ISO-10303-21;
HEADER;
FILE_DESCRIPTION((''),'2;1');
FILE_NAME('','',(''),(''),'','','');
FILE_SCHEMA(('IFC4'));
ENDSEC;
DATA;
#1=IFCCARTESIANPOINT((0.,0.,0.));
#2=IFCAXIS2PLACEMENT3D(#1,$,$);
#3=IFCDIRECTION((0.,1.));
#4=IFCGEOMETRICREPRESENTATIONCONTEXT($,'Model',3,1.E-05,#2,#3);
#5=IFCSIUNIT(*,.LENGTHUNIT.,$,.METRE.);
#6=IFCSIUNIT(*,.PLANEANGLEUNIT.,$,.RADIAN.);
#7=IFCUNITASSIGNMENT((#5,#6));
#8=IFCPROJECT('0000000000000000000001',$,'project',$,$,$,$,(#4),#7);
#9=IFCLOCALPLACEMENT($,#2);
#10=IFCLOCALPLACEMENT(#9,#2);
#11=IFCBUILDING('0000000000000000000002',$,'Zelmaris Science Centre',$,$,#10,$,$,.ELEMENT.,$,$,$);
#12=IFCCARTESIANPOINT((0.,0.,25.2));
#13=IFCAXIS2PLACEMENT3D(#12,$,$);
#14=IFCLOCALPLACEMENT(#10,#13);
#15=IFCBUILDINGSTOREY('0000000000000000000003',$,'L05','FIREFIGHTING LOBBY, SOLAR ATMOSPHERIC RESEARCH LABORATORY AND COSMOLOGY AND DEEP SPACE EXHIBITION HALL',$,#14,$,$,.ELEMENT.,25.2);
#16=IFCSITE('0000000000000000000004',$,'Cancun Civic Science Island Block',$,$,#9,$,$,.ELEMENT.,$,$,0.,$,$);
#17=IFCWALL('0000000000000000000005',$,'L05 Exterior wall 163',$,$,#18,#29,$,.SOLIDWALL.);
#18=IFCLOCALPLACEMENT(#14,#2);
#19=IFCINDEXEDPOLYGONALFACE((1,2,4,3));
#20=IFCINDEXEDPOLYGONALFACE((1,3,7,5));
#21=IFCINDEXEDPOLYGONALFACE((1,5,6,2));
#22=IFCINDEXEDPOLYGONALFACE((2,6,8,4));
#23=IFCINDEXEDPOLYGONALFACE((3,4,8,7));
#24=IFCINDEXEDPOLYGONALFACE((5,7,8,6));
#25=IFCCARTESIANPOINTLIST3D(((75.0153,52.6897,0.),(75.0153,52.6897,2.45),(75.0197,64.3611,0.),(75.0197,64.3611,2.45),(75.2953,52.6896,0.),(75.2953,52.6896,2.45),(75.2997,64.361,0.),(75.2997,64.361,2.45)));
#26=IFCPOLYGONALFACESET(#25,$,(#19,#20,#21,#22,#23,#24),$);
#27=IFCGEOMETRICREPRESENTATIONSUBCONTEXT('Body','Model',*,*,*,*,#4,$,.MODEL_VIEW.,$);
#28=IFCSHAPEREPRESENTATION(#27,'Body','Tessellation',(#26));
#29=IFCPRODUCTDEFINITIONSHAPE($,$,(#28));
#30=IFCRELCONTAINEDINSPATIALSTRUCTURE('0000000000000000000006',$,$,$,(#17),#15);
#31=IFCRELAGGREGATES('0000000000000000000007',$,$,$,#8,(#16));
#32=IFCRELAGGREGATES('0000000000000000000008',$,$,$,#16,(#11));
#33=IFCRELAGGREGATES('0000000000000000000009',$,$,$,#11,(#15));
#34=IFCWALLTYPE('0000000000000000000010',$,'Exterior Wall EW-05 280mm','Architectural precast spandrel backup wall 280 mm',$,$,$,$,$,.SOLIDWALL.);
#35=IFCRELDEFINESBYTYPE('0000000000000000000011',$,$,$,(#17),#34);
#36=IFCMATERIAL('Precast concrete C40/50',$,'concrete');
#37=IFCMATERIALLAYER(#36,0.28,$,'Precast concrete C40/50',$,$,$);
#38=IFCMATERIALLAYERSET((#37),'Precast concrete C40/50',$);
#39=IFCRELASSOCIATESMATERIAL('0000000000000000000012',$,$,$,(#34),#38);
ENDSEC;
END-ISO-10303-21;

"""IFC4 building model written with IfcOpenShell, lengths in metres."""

from ifc_helpers import new_model, si_unit, direction, frame, frame_2d, origin, place, context, subcontext, project, spatial, rectangle, extrude, material, layer, layer_set, type_object, element, save


model = new_model("IFC4")

# Units and contexts
model_context = context("Model", 3, precision=1e-05, world=origin(), true_north=direction((0.0, 1.0)))
body_context = subcontext(model_context, "Body", "Model", "MODEL_VIEW")
ifc_project = project(units=[si_unit("LENGTHUNIT", "METRE"), si_unit("PLANEANGLEUNIT", "RADIAN")], contexts=[model_context])

# Site, building, storey
site_placement = place(None, origin())
site = spatial("IfcSite", under=ifc_project, at=site_placement, Name="Cancun Civic Science Island Block", CompositionType="ELEMENT", RefElevation=0.0)
building_placement = place(site_placement, origin())
building = spatial("IfcBuilding", under=site, at=building_placement, Name="Zelmaris Science Centre", CompositionType="ELEMENT")
storey_placement = place(building_placement, frame((0.0, 0.0, 25.2)))
storey = spatial("IfcBuildingStorey", under=building, at=storey_placement, Name="L05", Description="FIREFIGHTING LOBBY, SOLAR ATMOSPHERIC RESEARCH LABORATORY AND COSMOLOGY AND DEEP SPACE EXHIBITION HALL", CompositionType="ELEMENT", Elevation=25.2)

# Shared definitions
ifc_material_1 = material(Name="Precast concrete C40/50", Category="concrete")

# Wall
ifc_layer_1 = layer(ifc_material_1, 0.28, Name="Precast concrete C40/50")
ifc_layer_set_1 = layer_set([ifc_layer_1], Name="Precast concrete C40/50")
wall_type = type_object("IfcWallType", Name="Exterior Wall EW-05 280mm", Description="Architectural precast spandrel backup wall 280 mm", PredefinedType="SOLIDWALL", material=ifc_layer_set_1)
wall_placement = place(storey_placement, frame((75.1553, 52.6897, 0.0), z_axis=(0.0, 0.0, 1.0), x_axis=(0.000377, 1.0, 0.0)))
element("IfcWall", 1, at=wall_placement, inside=storey, type_object=wall_type, Name="L05 Exterior wall 163", PredefinedType="SOLIDWALL", context=body_context, shape_type="SweptSolid", body=[
    extrude(rectangle(XDim=11.6714, YDim=0.28, at=frame_2d((5.8357, 0.0))), origin(), (0.0, 0.0, 1.0), 2.45),
])

save(model, "model.ifc")
